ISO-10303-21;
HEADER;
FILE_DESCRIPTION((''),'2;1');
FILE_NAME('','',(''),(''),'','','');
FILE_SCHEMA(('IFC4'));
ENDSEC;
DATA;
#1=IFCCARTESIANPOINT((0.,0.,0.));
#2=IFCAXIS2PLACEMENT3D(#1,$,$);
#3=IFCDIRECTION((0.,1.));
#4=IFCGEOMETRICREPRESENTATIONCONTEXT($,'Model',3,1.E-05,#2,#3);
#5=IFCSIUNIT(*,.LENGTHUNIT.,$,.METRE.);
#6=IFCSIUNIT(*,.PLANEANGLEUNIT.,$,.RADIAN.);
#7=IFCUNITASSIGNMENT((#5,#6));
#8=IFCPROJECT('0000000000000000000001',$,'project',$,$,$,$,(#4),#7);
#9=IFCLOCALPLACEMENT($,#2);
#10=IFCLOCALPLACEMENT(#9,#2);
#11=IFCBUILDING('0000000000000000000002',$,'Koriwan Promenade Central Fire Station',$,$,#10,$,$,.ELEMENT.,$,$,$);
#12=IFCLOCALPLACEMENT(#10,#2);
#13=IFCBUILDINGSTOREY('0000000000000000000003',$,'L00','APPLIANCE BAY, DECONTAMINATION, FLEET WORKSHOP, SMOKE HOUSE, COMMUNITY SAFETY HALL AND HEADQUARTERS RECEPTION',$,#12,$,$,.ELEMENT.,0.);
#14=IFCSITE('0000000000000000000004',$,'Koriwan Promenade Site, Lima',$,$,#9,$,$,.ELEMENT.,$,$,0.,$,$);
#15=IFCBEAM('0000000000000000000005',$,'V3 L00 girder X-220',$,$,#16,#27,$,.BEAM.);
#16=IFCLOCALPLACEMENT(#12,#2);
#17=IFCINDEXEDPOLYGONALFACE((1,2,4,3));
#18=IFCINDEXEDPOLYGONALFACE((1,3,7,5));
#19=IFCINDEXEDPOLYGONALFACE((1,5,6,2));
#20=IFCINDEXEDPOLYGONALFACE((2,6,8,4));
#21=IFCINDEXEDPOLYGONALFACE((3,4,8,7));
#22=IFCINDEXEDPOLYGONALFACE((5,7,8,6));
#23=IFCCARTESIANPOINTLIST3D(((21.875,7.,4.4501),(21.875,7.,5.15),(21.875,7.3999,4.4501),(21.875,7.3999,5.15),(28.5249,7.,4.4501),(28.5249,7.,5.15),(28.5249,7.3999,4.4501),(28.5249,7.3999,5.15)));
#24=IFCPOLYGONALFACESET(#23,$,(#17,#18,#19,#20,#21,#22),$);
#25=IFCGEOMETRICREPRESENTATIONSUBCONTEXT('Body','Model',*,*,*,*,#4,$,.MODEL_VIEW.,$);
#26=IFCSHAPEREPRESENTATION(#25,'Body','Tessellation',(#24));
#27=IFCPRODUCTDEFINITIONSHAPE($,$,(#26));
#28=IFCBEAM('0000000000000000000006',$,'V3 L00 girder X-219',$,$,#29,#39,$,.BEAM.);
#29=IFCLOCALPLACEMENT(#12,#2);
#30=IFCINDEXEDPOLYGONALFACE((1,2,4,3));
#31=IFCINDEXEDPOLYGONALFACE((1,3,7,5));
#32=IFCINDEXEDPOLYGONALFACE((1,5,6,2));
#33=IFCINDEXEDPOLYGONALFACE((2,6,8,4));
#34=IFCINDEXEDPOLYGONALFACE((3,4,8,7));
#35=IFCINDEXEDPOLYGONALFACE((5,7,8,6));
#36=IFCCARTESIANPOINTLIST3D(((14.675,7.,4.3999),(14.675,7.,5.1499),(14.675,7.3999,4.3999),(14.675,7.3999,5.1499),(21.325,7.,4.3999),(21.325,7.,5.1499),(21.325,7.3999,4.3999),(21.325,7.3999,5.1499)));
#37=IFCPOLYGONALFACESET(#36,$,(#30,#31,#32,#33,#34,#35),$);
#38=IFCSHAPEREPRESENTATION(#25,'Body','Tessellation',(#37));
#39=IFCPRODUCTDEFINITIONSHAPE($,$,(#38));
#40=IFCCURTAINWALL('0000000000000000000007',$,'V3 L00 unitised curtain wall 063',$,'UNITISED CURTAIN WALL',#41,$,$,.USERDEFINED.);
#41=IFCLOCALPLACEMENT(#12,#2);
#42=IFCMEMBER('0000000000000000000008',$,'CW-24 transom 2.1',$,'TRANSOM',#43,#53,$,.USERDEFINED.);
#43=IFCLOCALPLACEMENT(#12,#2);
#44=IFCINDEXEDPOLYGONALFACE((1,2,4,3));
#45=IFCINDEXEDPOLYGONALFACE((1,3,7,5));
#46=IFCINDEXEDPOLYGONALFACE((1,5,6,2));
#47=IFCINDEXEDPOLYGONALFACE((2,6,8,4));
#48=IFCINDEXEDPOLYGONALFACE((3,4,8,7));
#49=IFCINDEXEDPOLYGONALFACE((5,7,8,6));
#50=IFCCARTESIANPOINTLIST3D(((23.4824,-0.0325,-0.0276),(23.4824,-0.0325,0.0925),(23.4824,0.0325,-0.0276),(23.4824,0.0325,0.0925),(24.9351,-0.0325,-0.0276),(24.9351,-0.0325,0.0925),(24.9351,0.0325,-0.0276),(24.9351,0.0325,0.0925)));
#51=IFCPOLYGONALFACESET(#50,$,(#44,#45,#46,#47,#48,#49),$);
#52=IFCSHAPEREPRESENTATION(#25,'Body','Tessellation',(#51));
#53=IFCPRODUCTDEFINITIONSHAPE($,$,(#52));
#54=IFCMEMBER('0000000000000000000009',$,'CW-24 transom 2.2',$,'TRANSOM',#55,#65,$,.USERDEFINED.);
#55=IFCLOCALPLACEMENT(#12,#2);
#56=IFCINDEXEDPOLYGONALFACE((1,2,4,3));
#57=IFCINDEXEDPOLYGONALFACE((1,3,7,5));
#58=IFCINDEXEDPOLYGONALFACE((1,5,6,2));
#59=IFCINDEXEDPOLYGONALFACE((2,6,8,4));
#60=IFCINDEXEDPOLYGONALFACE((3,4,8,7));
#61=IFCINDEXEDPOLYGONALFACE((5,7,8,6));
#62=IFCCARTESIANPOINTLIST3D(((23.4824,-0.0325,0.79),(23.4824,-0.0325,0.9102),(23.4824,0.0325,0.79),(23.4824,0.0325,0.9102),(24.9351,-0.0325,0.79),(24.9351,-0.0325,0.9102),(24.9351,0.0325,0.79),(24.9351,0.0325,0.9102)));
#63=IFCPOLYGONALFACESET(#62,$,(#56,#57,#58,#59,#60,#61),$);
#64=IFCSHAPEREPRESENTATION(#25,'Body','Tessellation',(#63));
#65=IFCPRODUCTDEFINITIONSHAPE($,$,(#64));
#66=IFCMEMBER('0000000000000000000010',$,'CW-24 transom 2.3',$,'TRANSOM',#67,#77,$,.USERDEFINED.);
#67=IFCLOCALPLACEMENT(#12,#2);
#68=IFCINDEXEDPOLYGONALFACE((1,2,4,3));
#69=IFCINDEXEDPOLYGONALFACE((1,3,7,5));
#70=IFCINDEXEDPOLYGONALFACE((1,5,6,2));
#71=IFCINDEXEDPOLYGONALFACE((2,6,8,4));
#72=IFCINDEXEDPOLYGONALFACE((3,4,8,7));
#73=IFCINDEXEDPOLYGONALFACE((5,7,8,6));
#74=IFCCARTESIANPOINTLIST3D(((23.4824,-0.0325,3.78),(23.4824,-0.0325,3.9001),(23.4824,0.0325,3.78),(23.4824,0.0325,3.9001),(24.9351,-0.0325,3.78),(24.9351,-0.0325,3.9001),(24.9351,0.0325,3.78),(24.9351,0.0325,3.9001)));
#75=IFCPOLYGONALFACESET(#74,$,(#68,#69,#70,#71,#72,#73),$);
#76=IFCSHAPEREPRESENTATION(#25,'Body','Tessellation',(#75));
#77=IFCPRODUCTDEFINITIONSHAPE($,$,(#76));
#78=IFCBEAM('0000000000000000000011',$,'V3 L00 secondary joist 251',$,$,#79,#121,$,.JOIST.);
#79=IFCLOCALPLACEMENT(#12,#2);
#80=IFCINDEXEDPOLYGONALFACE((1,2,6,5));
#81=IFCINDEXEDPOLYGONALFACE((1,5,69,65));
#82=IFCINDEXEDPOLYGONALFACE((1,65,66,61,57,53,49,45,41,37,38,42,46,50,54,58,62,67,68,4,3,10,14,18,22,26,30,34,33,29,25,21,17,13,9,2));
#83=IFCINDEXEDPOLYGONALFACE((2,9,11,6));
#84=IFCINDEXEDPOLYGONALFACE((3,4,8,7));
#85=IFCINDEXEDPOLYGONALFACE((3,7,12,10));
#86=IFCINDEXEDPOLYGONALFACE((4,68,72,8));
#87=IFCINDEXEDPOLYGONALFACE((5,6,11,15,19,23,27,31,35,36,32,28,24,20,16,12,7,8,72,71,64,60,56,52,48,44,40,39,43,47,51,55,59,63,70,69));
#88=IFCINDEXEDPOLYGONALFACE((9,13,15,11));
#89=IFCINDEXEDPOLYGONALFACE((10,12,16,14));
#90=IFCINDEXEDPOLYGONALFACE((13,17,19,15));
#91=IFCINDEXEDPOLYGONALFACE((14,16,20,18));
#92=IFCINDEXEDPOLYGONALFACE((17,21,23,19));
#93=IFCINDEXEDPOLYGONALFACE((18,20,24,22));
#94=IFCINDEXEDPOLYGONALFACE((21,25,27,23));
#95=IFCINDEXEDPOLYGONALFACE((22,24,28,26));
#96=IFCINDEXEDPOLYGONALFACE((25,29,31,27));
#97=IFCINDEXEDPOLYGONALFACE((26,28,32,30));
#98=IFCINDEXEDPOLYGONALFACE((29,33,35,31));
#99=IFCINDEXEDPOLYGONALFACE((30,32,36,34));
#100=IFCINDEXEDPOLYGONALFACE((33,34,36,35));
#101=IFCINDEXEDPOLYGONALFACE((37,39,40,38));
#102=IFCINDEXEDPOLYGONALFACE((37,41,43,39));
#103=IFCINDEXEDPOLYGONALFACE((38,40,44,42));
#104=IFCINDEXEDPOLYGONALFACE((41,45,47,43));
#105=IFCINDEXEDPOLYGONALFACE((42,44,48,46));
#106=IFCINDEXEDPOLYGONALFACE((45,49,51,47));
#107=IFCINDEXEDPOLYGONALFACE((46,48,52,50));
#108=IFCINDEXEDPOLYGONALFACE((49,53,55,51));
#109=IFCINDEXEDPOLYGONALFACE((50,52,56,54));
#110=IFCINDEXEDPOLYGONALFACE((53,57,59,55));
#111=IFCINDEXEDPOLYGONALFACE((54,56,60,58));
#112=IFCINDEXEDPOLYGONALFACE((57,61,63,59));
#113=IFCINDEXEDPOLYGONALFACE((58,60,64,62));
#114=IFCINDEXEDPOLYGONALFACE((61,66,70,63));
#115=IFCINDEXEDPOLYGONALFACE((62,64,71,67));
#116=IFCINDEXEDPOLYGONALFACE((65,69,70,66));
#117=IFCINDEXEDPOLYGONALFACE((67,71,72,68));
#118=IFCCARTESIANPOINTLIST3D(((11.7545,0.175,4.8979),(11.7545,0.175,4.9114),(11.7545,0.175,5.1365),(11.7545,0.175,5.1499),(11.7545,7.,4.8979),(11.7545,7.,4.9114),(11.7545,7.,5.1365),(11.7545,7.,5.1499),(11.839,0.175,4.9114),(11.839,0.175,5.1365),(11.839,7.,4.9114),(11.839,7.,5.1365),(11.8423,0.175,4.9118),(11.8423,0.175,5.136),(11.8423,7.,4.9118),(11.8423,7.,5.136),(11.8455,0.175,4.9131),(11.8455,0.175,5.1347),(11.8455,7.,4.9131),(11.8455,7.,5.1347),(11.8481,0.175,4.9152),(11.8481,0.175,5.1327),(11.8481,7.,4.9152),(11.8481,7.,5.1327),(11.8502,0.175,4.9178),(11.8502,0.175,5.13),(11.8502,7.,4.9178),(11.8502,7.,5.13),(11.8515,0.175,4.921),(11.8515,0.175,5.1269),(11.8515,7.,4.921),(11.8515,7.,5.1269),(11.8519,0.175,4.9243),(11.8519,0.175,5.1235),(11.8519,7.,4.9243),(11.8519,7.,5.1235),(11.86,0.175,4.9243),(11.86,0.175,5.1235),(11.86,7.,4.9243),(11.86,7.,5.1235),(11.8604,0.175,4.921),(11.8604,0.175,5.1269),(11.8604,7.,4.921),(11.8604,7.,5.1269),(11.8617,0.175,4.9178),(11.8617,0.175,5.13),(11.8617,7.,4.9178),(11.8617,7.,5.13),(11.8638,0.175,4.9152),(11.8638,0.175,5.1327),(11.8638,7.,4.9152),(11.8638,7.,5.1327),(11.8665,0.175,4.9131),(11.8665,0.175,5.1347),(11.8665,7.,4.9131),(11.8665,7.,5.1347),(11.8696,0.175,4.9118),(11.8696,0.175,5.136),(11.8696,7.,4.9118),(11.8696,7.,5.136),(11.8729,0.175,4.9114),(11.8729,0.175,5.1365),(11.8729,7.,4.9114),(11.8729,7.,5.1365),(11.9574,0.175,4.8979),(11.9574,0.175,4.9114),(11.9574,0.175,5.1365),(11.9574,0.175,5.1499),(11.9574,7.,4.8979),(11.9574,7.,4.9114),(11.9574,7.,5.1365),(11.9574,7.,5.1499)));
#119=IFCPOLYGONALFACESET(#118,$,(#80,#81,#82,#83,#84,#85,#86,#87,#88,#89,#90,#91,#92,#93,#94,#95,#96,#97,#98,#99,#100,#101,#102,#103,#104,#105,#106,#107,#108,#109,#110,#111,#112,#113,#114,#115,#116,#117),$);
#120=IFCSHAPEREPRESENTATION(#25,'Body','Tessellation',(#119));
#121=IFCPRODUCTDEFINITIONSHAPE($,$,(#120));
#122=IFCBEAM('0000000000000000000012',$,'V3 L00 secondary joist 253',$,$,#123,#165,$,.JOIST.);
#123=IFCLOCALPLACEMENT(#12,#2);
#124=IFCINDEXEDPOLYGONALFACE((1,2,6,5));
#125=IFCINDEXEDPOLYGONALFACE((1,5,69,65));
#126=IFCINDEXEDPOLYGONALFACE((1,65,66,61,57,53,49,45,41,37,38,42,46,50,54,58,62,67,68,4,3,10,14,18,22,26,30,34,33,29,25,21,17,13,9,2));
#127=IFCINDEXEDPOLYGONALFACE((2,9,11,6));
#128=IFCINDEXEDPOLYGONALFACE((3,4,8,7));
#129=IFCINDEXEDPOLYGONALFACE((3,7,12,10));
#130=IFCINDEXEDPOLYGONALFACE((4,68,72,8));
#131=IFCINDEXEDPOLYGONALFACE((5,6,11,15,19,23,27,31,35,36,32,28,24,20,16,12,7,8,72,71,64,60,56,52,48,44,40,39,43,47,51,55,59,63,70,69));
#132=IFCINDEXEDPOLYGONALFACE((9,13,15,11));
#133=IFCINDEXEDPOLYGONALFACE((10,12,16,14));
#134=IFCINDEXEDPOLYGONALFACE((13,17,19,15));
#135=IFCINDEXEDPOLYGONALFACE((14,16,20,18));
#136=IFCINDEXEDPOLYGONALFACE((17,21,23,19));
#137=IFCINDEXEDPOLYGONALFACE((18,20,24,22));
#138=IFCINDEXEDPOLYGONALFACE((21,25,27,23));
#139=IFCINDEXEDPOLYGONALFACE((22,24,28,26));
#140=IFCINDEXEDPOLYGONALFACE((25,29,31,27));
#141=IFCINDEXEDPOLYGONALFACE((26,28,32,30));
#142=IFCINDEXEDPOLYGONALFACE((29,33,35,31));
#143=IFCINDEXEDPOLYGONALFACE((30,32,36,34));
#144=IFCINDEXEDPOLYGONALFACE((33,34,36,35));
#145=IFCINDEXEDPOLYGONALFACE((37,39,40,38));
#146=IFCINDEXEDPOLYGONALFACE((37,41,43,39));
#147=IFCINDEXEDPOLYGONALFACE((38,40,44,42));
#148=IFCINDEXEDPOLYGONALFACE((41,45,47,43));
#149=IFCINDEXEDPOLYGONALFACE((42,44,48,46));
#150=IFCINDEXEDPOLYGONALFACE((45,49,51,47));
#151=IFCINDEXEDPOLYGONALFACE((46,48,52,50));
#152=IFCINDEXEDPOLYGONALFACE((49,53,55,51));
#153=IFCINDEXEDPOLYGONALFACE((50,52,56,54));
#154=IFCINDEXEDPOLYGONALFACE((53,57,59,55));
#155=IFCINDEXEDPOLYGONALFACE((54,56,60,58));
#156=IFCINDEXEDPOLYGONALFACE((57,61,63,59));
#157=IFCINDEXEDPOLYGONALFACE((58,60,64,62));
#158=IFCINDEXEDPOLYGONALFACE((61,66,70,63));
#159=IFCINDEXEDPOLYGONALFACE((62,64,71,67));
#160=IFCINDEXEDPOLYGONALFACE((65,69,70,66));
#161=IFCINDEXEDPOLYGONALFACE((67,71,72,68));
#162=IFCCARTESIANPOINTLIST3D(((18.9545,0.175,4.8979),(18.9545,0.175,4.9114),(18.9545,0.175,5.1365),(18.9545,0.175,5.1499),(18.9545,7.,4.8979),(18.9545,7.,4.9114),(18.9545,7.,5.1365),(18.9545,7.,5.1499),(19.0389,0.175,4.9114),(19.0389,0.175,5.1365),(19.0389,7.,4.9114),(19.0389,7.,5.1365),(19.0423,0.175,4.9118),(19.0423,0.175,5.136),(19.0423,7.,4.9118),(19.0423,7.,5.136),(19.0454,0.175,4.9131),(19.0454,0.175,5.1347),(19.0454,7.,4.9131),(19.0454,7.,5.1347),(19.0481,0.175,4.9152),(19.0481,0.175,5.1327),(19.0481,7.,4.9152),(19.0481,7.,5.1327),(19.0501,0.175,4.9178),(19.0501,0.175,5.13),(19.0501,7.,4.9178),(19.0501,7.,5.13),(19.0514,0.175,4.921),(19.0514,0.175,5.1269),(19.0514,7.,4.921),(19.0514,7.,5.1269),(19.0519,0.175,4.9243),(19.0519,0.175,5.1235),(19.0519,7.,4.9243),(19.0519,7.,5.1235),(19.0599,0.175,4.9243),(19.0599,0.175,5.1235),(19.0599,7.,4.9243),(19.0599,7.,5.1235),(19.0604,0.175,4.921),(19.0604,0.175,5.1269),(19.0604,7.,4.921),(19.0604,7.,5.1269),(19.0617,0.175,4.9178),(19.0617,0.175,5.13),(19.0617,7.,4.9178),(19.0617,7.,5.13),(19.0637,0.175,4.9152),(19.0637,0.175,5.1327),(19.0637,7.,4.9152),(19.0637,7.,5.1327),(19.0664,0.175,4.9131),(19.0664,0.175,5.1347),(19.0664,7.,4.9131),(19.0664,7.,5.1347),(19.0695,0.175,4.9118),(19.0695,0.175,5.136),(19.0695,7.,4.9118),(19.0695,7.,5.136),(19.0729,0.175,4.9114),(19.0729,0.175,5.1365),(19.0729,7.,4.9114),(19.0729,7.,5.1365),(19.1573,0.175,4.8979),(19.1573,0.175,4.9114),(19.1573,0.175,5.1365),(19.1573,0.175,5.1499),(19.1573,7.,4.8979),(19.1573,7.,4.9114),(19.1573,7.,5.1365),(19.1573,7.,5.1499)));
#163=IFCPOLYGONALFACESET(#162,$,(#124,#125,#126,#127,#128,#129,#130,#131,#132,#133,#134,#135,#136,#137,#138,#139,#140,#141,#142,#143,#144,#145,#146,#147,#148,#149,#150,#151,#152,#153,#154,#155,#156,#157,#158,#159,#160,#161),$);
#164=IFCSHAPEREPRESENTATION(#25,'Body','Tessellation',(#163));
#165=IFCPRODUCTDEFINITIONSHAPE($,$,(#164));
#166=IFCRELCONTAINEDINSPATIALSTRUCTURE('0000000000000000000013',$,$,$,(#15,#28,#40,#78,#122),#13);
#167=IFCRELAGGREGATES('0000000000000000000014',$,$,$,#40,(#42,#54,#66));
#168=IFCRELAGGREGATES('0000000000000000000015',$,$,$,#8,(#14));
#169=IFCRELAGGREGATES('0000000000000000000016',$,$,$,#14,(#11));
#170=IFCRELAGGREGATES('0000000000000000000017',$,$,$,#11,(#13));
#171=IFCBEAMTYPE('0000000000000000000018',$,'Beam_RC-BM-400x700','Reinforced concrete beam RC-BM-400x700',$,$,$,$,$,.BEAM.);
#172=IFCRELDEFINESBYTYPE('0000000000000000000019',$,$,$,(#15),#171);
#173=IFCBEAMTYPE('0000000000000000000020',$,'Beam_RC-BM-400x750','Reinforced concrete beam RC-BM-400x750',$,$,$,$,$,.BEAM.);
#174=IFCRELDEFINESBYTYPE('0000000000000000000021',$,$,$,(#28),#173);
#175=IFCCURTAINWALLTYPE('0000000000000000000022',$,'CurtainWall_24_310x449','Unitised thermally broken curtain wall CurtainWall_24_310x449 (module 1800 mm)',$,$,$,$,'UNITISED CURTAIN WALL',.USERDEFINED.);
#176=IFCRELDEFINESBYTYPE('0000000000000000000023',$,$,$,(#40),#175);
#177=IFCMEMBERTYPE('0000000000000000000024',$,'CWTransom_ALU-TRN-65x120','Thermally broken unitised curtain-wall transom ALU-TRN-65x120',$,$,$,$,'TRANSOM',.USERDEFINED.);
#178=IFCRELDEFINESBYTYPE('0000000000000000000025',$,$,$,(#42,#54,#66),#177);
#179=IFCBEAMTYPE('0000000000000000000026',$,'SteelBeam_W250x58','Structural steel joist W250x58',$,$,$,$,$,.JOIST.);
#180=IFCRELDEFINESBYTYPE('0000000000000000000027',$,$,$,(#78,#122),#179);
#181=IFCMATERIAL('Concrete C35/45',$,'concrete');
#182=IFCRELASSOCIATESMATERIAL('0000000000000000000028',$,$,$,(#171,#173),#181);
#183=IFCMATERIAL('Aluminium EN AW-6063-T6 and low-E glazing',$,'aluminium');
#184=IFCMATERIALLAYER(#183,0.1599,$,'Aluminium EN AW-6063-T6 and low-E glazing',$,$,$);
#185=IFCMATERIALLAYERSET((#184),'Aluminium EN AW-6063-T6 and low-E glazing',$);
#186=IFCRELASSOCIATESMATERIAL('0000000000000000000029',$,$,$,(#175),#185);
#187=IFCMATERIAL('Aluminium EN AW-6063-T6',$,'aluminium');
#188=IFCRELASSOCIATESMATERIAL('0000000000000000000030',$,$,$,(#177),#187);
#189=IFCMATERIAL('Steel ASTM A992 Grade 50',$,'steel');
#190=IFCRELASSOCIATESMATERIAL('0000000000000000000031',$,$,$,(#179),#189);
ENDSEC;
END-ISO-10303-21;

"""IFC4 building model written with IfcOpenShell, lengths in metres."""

from ifc_helpers import new_model, si_unit, direction, frame, origin, origin_2d, place, context, subcontext, project, spatial, rectangle, i_section, extrude, material, layer, layer_set, material_profile, profile_set, type_object, element, aggregate, save


model = new_model("IFC4")

# Units and contexts
model_context = context("Model", 3, precision=1e-05, world=origin(), true_north=direction((0.0, 1.0)))
body_context = subcontext(model_context, "Body", "Model", "MODEL_VIEW")
ifc_project = project(units=[si_unit("LENGTHUNIT", "METRE"), si_unit("PLANEANGLEUNIT", "RADIAN")], contexts=[model_context])

# Site, building, storey
site_placement = place(None, origin())
site = spatial("IfcSite", under=ifc_project, at=site_placement, Name="Koriwan Promenade Site, Lima", CompositionType="ELEMENT", RefElevation=0.0)
building_placement = place(site_placement, origin())
building = spatial("IfcBuilding", under=site, at=building_placement, Name="Koriwan Promenade Central Fire Station", CompositionType="ELEMENT")
storey_placement = place(building_placement, origin())
storey = spatial("IfcBuildingStorey", under=building, at=storey_placement, Name="L00", Description="APPLIANCE BAY, DECONTAMINATION, FLEET WORKSHOP, SMOKE HOUSE, COMMUNITY SAFETY HALL AND HEADQUARTERS RECEPTION", CompositionType="ELEMENT", Elevation=0.0)

# Shared definitions
ifc_material_1 = material(Name="Concrete C35/45", Category="concrete")

# Beams
ifc_material_profile_1 = material_profile(ifc_material_1, rectangle(XDim=0.3999, YDim=0.7, at=origin_2d()), Name="RC-BM-400x700")
ifc_profile_set_1 = profile_set([ifc_material_profile_1], Name="Concrete C35/45")
beam_type_1 = type_object("IfcBeamType", Name="Beam_RC-BM-400x700", Description="Reinforced concrete beam RC-BM-400x700", PredefinedType="BEAM", material=ifc_profile_set_1)
beam_1_placement = place(storey_placement, frame((21.875, 7.2, 4.8), z_axis=(1.0, 0.0, 0.0), x_axis=(0.0, 1.0, 0.0)))
element("IfcBeam", 1, at=beam_1_placement, inside=storey, type_object=beam_type_1, Name="V3 L00 girder X-220", PredefinedType="BEAM", context=body_context, shape_type="SweptSolid", body=[
    extrude(rectangle(XDim=0.3999, YDim=0.7, at=origin_2d()), origin(), (0.0, 0.0, 1.0), 6.6499),
])
ifc_material_profile_2 = material_profile(ifc_material_1, rectangle(XDim=0.3999, YDim=0.75, at=origin_2d()), Name="RC-BM-400x750")
ifc_profile_set_2 = profile_set([ifc_material_profile_2], Name="Concrete C35/45")
beam_type_2 = type_object("IfcBeamType", Name="Beam_RC-BM-400x750", Description="Reinforced concrete beam RC-BM-400x750", PredefinedType="BEAM", material=ifc_profile_set_2)
beam_2_placement = place(storey_placement, frame((14.675, 7.2, 4.7749), z_axis=(1.0, 0.0, 0.0), x_axis=(0.0, 1.0, 0.0)))
element("IfcBeam", 2, at=beam_2_placement, inside=storey, type_object=beam_type_2, Name="V3 L00 girder X-219", PredefinedType="BEAM", context=body_context, shape_type="SweptSolid", body=[
    extrude(rectangle(XDim=0.3999, YDim=0.75, at=origin_2d()), origin(), (0.0, 0.0, 1.0), 6.6499),
])

# Curtain wall, members
ifc_material_2 = material(Name="Aluminium EN AW-6063-T6 and low-E glazing", Category="aluminium")
ifc_layer = layer(ifc_material_2, 0.1599, Name="Aluminium EN AW-6063-T6 and low-E glazing")
ifc_layer_set = layer_set([ifc_layer], Name="Aluminium EN AW-6063-T6 and low-E glazing")
curtain_wall_type = type_object("IfcCurtainWallType", Name="CurtainWall_24_310x449", Description="Unitised thermally broken curtain wall CurtainWall_24_310x449 (module 1800 mm)", ElementType="UNITISED CURTAIN WALL", PredefinedType="USERDEFINED", material=ifc_layer_set)
curtain_wall_placement = place(storey_placement, origin())
curtain_wall = element("IfcCurtainWall", 3, at=curtain_wall_placement, inside=storey, type_object=curtain_wall_type, Name="V3 L00 unitised curtain wall 063", ObjectType="UNITISED CURTAIN WALL", PredefinedType="USERDEFINED")
ifc_material_3 = material(Name="Aluminium EN AW-6063-T6", Category="aluminium")
ifc_material_profile_3 = material_profile(ifc_material_3, rectangle(XDim=0.0649, YDim=0.1201, at=origin_2d()), Name="ALU-TRN-65x120")
ifc_profile_set_3 = profile_set([ifc_material_profile_3], Name="Aluminium EN AW-6063-T6")
member_type = type_object("IfcMemberType", Name="CWTransom_ALU-TRN-65x120", Description="Thermally broken unitised curtain-wall transom ALU-TRN-65x120", ElementType="TRANSOM", PredefinedType="USERDEFINED", material=ifc_profile_set_3)
member_1_placement = place(storey_placement, frame((23.4824, 0.0, 0.0325), z_axis=(1.0, 0.0, 0.0), x_axis=(0.0, 1.0, 0.0)))
member_1 = element("IfcMember", 4, at=member_1_placement, type_object=member_type, Name="CW-24 transom 2.1", ObjectType="TRANSOM", PredefinedType="USERDEFINED", context=body_context, shape_type="SweptSolid", body=[
    extrude(rectangle(XDim=0.0649, YDim=0.1201, at=origin_2d()), origin(), (0.0, 0.0, 1.0), 1.4526),
])
member_2_placement = place(storey_placement, frame((23.4824, 0.0, 0.8501), z_axis=(1.0, 0.0, 0.0), x_axis=(0.0, 1.0, 0.0)))
member_2 = element("IfcMember", 5, at=member_2_placement, type_object=member_type, Name="CW-24 transom 2.2", ObjectType="TRANSOM", PredefinedType="USERDEFINED", context=body_context, shape_type="SweptSolid", body=[
    extrude(rectangle(XDim=0.0649, YDim=0.1201, at=origin_2d()), origin(), (0.0, 0.0, 1.0), 1.4526),
])
member_3_placement = place(storey_placement, frame((23.4824, 0.0, 3.8401), z_axis=(1.0, 0.0, 0.0), x_axis=(0.0, 1.0, 0.0)))
member_3 = element("IfcMember", 6, at=member_3_placement, type_object=member_type, Name="CW-24 transom 2.3", ObjectType="TRANSOM", PredefinedType="USERDEFINED", context=body_context, shape_type="SweptSolid", body=[
    extrude(rectangle(XDim=0.0649, YDim=0.1201, at=origin_2d()), origin(), (0.0, 0.0, 1.0), 1.4526),
])
aggregate(curtain_wall, [member_1, member_2, member_3])

# Beams
ifc_material_4 = material(Name="Steel ASTM A992 Grade 50", Category="steel")
ifc_material_profile_4 = material_profile(ifc_material_4, i_section(OverallWidth=0.2029, OverallDepth=0.252, WebThickness=0.0081, FlangeThickness=0.0134, FilletRadius=0.0129, at=origin_2d()), Name="W250x58")
ifc_profile_set_4 = profile_set([ifc_material_profile_4], Name="Steel ASTM A992 Grade 50")
beam_type_3 = type_object("IfcBeamType", Name="SteelBeam_W250x58", Description="Structural steel joist W250x58", PredefinedType="JOIST", material=ifc_profile_set_4)
for number, where, z_axis, x_axis, name in (
    (7, (11.856, 0.175, 5.0239), (0.0, 1.0, 0.0), (-1.0, 0.0, 0.0), "V3 L00 secondary joist 251"),
    (8, (19.0559, 0.175, 5.0239), (0.0, 1.0, 0.0), (-1.0, 0.0, 0.0), "V3 L00 secondary joist 253"),
):
    element("IfcBeam", number, at=place(storey_placement, frame(where, z_axis=z_axis, x_axis=x_axis)), inside=storey, type_object=beam_type_3, Name=name, PredefinedType="JOIST", context=body_context, shape_type="SweptSolid", body=[
        extrude(i_section(OverallWidth=0.2029, OverallDepth=0.252, WebThickness=0.0081, FlangeThickness=0.0134, FilletRadius=0.0129, at=origin_2d()), origin(), (0.0, 0.0, 1.0), 6.825),
    ])

save(model, "model.ifc")
